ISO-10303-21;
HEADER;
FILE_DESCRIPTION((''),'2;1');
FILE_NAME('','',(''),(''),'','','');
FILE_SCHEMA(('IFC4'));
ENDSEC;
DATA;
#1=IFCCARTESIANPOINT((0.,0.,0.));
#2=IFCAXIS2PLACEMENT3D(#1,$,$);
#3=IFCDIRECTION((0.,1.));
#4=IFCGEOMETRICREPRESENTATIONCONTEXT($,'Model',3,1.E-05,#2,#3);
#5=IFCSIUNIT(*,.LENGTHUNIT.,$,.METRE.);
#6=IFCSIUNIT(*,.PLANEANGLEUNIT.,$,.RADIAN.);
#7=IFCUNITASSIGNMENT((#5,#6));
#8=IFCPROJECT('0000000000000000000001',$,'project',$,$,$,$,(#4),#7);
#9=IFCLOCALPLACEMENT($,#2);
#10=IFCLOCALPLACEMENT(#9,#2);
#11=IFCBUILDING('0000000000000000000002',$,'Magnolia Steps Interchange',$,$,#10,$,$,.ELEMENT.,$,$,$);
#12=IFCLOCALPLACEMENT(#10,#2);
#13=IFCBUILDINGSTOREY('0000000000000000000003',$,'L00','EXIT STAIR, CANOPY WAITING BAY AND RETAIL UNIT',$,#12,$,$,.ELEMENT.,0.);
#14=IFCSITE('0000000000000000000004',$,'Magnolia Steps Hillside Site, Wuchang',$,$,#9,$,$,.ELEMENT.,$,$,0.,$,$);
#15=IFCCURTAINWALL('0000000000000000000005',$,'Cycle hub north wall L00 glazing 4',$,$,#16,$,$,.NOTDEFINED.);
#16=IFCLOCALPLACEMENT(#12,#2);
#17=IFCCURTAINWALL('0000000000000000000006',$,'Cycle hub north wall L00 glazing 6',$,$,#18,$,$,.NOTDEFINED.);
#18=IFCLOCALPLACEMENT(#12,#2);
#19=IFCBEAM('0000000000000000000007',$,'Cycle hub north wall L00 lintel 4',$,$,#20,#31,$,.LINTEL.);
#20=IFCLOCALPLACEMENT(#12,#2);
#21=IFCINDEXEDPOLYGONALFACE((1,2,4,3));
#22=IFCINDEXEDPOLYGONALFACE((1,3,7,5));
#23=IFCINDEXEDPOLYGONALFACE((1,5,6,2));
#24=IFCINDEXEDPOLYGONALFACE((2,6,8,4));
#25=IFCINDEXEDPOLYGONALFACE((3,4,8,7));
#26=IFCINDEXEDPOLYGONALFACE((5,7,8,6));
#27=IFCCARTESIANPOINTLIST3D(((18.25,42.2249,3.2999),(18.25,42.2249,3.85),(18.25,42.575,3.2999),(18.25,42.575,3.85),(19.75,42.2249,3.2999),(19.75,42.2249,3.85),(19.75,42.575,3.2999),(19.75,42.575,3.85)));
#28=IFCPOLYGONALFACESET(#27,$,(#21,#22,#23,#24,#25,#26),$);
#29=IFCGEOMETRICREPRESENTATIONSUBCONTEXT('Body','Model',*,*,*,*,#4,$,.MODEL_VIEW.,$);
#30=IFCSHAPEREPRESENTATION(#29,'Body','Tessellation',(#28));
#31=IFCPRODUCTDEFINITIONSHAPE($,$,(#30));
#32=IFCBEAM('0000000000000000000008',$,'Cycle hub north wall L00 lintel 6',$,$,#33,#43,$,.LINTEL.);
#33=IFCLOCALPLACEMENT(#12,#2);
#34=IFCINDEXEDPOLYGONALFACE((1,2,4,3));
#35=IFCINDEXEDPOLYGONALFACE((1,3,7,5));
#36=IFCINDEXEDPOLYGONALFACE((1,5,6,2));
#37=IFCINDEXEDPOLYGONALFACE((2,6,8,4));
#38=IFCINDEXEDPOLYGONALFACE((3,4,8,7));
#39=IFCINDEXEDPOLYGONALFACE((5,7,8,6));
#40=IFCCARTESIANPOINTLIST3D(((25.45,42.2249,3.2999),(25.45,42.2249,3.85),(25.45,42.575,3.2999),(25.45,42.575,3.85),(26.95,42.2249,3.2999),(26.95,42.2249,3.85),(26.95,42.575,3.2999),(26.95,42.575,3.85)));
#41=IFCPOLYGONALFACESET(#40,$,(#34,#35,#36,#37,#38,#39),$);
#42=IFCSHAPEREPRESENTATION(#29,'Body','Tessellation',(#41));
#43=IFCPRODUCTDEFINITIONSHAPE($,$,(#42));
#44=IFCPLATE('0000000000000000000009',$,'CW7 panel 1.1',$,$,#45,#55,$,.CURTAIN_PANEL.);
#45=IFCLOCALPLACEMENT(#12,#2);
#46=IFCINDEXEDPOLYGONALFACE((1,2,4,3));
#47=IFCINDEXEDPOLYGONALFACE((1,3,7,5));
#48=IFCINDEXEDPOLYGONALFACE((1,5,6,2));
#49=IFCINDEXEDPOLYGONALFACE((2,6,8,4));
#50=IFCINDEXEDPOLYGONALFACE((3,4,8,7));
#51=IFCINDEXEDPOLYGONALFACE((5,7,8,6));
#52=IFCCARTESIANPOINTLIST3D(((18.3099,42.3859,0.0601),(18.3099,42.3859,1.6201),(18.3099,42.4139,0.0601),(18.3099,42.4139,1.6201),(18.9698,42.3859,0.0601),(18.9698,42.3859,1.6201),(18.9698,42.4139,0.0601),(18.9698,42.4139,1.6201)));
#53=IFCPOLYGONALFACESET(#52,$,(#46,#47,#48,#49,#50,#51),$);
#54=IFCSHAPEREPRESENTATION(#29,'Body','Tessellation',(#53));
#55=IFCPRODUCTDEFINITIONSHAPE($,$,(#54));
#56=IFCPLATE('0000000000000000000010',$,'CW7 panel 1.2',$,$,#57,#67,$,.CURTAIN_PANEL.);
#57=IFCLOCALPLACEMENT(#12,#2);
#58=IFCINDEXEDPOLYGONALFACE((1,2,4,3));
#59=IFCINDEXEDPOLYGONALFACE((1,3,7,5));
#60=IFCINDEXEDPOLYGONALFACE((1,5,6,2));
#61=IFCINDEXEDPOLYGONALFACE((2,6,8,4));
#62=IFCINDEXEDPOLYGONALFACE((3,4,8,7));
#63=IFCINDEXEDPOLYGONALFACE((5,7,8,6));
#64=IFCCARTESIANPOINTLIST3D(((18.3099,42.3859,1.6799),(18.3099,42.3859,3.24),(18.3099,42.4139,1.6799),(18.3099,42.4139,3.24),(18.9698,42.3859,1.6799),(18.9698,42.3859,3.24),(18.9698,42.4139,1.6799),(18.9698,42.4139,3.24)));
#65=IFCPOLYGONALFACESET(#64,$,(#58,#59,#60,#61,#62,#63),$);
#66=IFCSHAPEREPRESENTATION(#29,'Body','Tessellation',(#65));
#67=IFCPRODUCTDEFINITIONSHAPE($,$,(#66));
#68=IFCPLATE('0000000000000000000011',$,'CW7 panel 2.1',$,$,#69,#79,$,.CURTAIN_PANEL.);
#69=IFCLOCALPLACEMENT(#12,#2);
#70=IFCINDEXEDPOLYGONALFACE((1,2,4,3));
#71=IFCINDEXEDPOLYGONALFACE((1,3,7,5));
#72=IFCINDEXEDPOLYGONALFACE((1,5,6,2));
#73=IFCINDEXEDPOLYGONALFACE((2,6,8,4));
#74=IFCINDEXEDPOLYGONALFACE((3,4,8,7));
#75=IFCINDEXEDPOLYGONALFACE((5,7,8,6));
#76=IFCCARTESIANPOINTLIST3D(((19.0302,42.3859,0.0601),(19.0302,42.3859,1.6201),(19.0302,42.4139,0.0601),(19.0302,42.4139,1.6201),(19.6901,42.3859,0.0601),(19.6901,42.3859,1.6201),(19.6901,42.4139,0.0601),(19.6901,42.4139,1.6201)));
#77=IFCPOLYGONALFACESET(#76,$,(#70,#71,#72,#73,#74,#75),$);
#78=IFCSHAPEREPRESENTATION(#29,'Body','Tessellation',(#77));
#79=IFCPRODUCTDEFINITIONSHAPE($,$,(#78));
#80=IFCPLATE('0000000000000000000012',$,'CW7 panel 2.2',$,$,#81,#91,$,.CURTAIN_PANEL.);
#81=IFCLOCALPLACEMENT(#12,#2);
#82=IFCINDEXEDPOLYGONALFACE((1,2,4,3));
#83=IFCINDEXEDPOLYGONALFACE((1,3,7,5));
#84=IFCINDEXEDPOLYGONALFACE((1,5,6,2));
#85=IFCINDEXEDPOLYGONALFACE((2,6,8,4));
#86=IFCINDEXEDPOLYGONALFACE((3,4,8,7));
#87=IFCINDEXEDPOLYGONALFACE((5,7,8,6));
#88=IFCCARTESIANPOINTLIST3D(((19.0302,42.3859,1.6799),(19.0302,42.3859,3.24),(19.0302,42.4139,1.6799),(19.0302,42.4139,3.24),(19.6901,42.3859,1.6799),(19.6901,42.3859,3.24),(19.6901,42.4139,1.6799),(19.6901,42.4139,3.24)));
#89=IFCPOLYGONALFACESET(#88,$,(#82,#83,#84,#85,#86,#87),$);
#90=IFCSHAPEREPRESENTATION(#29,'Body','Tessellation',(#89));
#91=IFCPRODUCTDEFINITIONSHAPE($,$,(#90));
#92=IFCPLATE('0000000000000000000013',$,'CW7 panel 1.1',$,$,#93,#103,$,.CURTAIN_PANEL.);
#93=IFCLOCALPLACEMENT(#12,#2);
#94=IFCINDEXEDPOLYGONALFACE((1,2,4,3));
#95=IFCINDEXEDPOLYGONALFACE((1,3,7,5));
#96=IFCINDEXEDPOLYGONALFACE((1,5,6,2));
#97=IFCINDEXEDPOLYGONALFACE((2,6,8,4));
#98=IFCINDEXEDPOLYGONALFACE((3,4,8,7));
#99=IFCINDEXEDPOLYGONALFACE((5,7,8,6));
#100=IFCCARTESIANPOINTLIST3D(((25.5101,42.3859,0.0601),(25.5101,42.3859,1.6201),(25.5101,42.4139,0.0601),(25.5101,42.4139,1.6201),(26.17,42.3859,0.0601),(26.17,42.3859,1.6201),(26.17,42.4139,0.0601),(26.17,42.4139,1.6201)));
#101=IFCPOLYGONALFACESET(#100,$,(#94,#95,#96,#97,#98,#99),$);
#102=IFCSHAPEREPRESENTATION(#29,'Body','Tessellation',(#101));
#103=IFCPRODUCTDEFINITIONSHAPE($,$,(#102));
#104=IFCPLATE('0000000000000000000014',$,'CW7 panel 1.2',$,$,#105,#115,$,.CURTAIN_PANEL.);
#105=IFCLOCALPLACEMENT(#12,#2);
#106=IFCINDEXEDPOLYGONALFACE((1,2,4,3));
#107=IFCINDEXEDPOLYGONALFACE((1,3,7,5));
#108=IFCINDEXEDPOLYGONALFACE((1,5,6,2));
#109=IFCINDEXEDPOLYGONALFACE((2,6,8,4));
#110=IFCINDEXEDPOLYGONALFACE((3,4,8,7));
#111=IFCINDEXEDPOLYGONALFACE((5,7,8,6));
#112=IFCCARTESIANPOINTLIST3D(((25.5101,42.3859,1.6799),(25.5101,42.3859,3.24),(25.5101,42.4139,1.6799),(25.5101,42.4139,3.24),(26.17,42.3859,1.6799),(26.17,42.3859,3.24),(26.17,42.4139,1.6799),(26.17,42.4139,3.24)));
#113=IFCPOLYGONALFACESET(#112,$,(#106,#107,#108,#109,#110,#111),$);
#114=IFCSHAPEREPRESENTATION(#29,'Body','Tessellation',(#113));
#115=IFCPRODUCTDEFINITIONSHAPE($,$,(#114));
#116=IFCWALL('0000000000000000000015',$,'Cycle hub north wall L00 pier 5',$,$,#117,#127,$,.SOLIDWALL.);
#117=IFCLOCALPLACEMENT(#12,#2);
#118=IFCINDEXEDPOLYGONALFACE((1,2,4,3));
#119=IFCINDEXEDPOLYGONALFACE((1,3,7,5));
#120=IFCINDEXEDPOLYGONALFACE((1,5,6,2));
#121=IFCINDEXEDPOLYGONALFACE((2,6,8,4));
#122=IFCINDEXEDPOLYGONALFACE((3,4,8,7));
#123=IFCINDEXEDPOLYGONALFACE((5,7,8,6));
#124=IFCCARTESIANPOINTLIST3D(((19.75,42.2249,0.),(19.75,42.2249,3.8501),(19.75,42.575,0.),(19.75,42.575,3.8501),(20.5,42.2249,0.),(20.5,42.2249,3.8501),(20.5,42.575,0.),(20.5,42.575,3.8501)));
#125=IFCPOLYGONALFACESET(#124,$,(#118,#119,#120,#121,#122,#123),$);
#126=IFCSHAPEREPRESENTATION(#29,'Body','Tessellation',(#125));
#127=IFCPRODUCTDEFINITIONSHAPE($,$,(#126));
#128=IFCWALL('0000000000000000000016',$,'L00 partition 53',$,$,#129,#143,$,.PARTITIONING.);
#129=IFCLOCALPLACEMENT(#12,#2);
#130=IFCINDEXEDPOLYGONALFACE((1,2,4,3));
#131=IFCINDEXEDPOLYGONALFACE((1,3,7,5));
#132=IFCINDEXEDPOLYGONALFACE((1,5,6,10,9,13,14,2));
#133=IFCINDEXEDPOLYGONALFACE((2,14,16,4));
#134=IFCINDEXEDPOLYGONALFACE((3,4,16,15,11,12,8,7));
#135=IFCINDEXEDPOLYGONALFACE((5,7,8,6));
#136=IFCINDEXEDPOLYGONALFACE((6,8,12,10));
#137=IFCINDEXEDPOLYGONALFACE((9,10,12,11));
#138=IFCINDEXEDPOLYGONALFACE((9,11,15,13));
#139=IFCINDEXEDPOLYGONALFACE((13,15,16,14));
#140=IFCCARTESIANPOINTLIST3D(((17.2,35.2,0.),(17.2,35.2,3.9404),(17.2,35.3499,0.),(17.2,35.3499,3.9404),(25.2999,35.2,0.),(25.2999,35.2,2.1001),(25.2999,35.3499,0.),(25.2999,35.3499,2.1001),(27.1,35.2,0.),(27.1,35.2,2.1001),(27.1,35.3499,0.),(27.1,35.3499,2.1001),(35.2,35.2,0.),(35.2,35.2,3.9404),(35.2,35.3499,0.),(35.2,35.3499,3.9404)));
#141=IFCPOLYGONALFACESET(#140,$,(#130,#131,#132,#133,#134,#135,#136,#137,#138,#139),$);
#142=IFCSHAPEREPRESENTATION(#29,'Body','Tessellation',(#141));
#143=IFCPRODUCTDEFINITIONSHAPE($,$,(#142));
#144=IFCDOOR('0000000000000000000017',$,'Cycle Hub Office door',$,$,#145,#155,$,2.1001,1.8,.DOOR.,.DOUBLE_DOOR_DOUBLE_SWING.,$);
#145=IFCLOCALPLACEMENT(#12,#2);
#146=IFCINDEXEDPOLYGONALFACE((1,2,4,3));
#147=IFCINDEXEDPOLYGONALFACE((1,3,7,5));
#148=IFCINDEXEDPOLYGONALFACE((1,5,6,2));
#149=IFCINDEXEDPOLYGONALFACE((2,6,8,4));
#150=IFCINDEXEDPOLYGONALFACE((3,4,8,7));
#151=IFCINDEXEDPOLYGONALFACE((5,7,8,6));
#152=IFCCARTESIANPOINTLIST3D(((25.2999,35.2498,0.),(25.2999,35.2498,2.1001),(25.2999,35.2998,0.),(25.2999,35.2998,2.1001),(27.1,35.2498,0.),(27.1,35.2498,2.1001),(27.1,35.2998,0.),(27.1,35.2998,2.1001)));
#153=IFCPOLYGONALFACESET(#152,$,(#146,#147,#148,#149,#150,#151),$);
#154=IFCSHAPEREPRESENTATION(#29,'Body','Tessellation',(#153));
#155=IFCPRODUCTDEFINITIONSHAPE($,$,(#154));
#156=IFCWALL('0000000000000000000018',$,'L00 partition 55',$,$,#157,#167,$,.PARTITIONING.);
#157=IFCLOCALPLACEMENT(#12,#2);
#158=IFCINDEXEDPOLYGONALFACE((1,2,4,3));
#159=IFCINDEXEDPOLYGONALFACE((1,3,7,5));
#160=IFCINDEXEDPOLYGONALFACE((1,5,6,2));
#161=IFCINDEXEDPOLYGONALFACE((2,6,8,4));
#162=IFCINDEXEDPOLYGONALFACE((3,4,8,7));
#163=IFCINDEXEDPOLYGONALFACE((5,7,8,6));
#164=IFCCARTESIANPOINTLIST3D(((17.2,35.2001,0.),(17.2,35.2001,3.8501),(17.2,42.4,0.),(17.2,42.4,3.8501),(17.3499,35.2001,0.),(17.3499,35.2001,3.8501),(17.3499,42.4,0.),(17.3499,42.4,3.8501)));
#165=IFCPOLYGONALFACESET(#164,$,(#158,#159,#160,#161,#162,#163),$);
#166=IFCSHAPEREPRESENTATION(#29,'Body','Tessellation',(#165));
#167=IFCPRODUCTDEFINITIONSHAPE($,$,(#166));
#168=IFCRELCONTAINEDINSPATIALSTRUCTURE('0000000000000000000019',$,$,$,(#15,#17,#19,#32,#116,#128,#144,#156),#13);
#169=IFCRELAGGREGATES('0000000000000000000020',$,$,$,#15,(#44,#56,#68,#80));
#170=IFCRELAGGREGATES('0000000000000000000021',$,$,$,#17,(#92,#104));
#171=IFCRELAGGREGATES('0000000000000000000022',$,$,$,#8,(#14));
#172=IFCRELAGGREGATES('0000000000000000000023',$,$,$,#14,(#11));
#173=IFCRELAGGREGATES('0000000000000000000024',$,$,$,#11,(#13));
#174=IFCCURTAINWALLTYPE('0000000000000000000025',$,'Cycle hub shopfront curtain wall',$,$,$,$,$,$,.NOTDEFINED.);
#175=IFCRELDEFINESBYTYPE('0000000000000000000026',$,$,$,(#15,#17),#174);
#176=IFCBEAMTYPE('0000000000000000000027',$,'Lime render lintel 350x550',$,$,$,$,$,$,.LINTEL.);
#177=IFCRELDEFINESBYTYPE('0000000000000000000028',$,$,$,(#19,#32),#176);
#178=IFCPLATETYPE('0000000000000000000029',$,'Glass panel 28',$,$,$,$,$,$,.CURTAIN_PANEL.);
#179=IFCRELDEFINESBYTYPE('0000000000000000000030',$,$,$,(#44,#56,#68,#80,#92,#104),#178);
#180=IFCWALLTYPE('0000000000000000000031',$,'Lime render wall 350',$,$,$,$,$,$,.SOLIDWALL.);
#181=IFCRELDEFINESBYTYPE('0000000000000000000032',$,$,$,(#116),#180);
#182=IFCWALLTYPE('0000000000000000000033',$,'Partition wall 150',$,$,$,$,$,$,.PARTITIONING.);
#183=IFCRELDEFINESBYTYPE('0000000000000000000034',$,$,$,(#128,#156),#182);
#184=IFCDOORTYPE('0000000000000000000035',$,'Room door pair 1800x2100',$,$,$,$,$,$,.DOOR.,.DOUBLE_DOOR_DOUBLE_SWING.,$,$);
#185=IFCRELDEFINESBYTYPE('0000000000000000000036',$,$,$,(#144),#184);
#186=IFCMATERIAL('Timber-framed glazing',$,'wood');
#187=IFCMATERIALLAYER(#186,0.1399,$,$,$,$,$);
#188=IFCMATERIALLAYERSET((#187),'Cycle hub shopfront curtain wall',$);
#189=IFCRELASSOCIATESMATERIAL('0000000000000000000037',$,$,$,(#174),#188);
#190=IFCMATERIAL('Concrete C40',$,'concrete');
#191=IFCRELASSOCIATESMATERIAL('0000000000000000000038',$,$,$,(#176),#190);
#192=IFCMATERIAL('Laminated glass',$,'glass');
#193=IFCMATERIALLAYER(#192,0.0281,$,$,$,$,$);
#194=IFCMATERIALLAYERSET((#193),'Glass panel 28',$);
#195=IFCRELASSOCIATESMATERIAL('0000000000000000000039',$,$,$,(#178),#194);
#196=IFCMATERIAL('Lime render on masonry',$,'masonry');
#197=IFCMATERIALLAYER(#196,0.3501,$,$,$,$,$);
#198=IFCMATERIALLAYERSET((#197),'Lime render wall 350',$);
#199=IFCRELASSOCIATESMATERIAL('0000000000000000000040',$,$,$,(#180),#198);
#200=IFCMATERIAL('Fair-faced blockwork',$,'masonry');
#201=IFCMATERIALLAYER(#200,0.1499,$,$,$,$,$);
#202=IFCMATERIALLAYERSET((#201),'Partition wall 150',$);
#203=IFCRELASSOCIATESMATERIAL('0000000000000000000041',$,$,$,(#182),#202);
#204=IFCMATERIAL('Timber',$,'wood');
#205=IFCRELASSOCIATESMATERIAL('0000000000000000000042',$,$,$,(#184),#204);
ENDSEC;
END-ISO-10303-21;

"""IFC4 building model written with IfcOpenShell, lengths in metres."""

from ifc_helpers import new_model, si_unit, direction, frame, frame_2d, origin, origin_2d, place, context, subcontext, project, spatial, rectangle, extrude, material, layer, layer_set, material_profile, profile_set, type_object, element, fill, aggregate, save


model = new_model("IFC4")

# Units and contexts
model_context = context("Model", 3, precision=1e-05, world=origin(), true_north=direction((0.0, 1.0)))
body_context = subcontext(model_context, "Body", "Model", "MODEL_VIEW")
ifc_project = project(units=[si_unit("LENGTHUNIT", "METRE"), si_unit("PLANEANGLEUNIT", "RADIAN")], contexts=[model_context])

# Site, building, storey
site_placement = place(None, origin())
site = spatial("IfcSite", under=ifc_project, at=site_placement, Name="Magnolia Steps Hillside Site, Wuchang", CompositionType="ELEMENT", RefElevation=0.0)
building_placement = place(site_placement, origin())
building = spatial("IfcBuilding", under=site, at=building_placement, Name="Magnolia Steps Interchange", CompositionType="ELEMENT")
storey_placement = place(building_placement, origin())
storey = spatial("IfcBuildingStorey", under=building, at=storey_placement, Name="L00", Description="EXIT STAIR, CANOPY WAITING BAY AND RETAIL UNIT", CompositionType="ELEMENT", Elevation=0.0)

# Curtain wall
ifc_material_1 = material(Name="Timber-framed glazing", Category="wood")
ifc_layer_1 = layer(ifc_material_1, 0.1399)
ifc_layer_set_1 = layer_set([ifc_layer_1], Name="Cycle hub shopfront curtain wall")
curtain_wall_type = type_object("IfcCurtainWallType", Name="Cycle hub shopfront curtain wall", PredefinedType="NOTDEFINED", material=ifc_layer_set_1)
curtain_wall_1_placement = place(storey_placement, origin())
curtain_wall_1 = element("IfcCurtainWall", 1, at=curtain_wall_1_placement, inside=storey, type_object=curtain_wall_type, Name="Cycle hub north wall L00 glazing 4", PredefinedType="NOTDEFINED")

# Curtain wall
curtain_wall_2_placement = place(storey_placement, origin())
curtain_wall_2 = element("IfcCurtainWall", 2, at=curtain_wall_2_placement, inside=storey, type_object=curtain_wall_type, Name="Cycle hub north wall L00 glazing 6", PredefinedType="NOTDEFINED")

# Beams
ifc_material_2 = material(Name="Concrete C40", Category="concrete")
ifc_material_profile_1 = material_profile(ifc_material_2, rectangle(XDim=0.3501, YDim=0.55, at=origin_2d()), Name="RC350x550")
ifc_profile_set_1 = profile_set([ifc_material_profile_1], Name="Concrete C40")
beam_type = type_object("IfcBeamType", Name="Lime render lintel 350x550", PredefinedType="LINTEL", material=ifc_profile_set_1)
for number, where, z_axis, x_axis, name in (
    (3, (18.25, 42.3999, 3.575), (1.0, 0.0, 0.0), (0.0, 1.0, 0.0), "Cycle hub north wall L00 lintel 4"),
    (4, (25.45, 42.3999, 3.575), (1.0, 0.0, 0.0), (0.0, 1.0, 0.0), "Cycle hub north wall L00 lintel 6"),
):
    element("IfcBeam", number, at=place(storey_placement, frame(where, z_axis=z_axis, x_axis=x_axis)), inside=storey, type_object=beam_type, Name=name, PredefinedType="LINTEL", context=body_context, shape_type="SweptSolid", body=[
        extrude(rectangle(XDim=0.3501, YDim=0.55, at=origin_2d()), origin(), (0.0, 0.0, 1.0), 1.5),
    ])

# Plates
ifc_material_3 = material(Name="Laminated glass", Category="glass")
ifc_layer_2 = layer(ifc_material_3, 0.0281)
ifc_layer_set_2 = layer_set([ifc_layer_2], Name="Glass panel 28")
plate_type = type_object("IfcPlateType", Name="Glass panel 28", PredefinedType="CURTAIN_PANEL", material=ifc_layer_set_2)
plate_1_placement = place(storey_placement, frame((18.6399, 42.3999, 0.0601), z_axis=(0.0, 0.0, 1.0), x_axis=(1.0, 0.0, 0.0)))
plate_1 = element("IfcPlate", 5, at=plate_1_placement, type_object=plate_type, Name="CW7 panel 1.1", PredefinedType="CURTAIN_PANEL", context=body_context, shape_type="SweptSolid", body=[
    extrude(rectangle(XDim=0.6599, YDim=0.0281, at=origin_2d()), origin(), (0.0, 0.0, 1.0), 1.5601),
])
plate_2_placement = place(storey_placement, frame((18.6399, 42.3999, 1.6799), z_axis=(0.0, 0.0, 1.0), x_axis=(1.0, 0.0, 0.0)))
plate_2 = element("IfcPlate", 6, at=plate_2_placement, type_object=plate_type, Name="CW7 panel 1.2", PredefinedType="CURTAIN_PANEL", context=body_context, shape_type="SweptSolid", body=[
    extrude(rectangle(XDim=0.6599, YDim=0.0281, at=origin_2d()), origin(), (0.0, 0.0, 1.0), 1.5601),
])
plate_3_placement = place(storey_placement, frame((19.3601, 42.3999, 0.0601), z_axis=(0.0, 0.0, 1.0), x_axis=(1.0, 0.0, 0.0)))
plate_3 = element("IfcPlate", 7, at=plate_3_placement, type_object=plate_type, Name="CW7 panel 2.1", PredefinedType="CURTAIN_PANEL", context=body_context, shape_type="SweptSolid", body=[
    extrude(rectangle(XDim=0.6599, YDim=0.0281, at=origin_2d()), origin(), (0.0, 0.0, 1.0), 1.5601),
])
plate_4_placement = place(storey_placement, frame((19.3601, 42.3999, 1.6799), z_axis=(0.0, 0.0, 1.0), x_axis=(1.0, 0.0, 0.0)))
plate_4 = element("IfcPlate", 8, at=plate_4_placement, type_object=plate_type, Name="CW7 panel 2.2", PredefinedType="CURTAIN_PANEL", context=body_context, shape_type="SweptSolid", body=[
    extrude(rectangle(XDim=0.6599, YDim=0.0281, at=origin_2d()), origin(), (0.0, 0.0, 1.0), 1.5601),
])
aggregate(curtain_wall_1, [plate_1, plate_2, plate_3, plate_4])
plate_5_placement = place(storey_placement, frame((25.8401, 42.3999, 0.0601), z_axis=(0.0, 0.0, 1.0), x_axis=(1.0, 0.0, 0.0)))
plate_5 = element("IfcPlate", 9, at=plate_5_placement, type_object=plate_type, Name="CW7 panel 1.1", PredefinedType="CURTAIN_PANEL", context=body_context, shape_type="SweptSolid", body=[
    extrude(rectangle(XDim=0.6599, YDim=0.0281, at=origin_2d()), origin(), (0.0, 0.0, 1.0), 1.5601),
])
plate_6_placement = place(storey_placement, frame((25.8401, 42.3999, 1.6799), z_axis=(0.0, 0.0, 1.0), x_axis=(1.0, 0.0, 0.0)))
plate_6 = element("IfcPlate", 10, at=plate_6_placement, type_object=plate_type, Name="CW7 panel 1.2", PredefinedType="CURTAIN_PANEL", context=body_context, shape_type="SweptSolid", body=[
    extrude(rectangle(XDim=0.6599, YDim=0.0281, at=origin_2d()), origin(), (0.0, 0.0, 1.0), 1.5601),
])
aggregate(curtain_wall_2, [plate_5, plate_6])

# Wall
ifc_material_4 = material(Name="Lime render on masonry", Category="masonry")
ifc_layer_3 = layer(ifc_material_4, 0.3501)
ifc_layer_set_3 = layer_set([ifc_layer_3], Name="Lime render wall 350")
wall_type_1 = type_object("IfcWallType", Name="Lime render wall 350", PredefinedType="SOLIDWALL", material=ifc_layer_set_3)
wall_1_placement = place(storey_placement, frame((19.75, 42.3999, 0.0), z_axis=(0.0, 0.0, 1.0), x_axis=(1.0, 0.0, 0.0)))
element("IfcWall", 11, at=wall_1_placement, inside=storey, type_object=wall_type_1, Name="Cycle hub north wall L00 pier 5", PredefinedType="SOLIDWALL", context=body_context, shape_type="SweptSolid", body=[
    extrude(rectangle(XDim=0.75, YDim=0.3501, at=frame_2d((0.375, 0.0))), origin(), (0.0, 0.0, 1.0), 3.8501),
])

# Wall, opening, door
ifc_material_5 = material(Name="Fair-faced blockwork", Category="masonry")
ifc_layer_4 = layer(ifc_material_5, 0.1499)
ifc_layer_set_4 = layer_set([ifc_layer_4], Name="Partition wall 150")
wall_type_2 = type_object("IfcWallType", Name="Partition wall 150", PredefinedType="PARTITIONING", material=ifc_layer_set_4)
wall_2_placement = place(storey_placement, frame((17.2, 35.2749, 0.0), z_axis=(0.0, 0.0, 1.0), x_axis=(1.0, 0.0, 0.0)))
wall_2 = element("IfcWall", 12, at=wall_2_placement, inside=storey, type_object=wall_type_2, Name="L00 partition 53", PredefinedType="PARTITIONING", context=body_context, shape_type="SweptSolid", body=[
    extrude(rectangle(XDim=18.0, YDim=0.1499, at=frame_2d((9.0, 0.0))), origin(), (0.0, 0.0, 1.0), 3.9404),
])
opening_1_placement = place(wall_2_placement, frame((8.1001, 0.0, 0.0)))
opening_1 = element("IfcOpeningElement", 13, at=opening_1_placement, cuts=wall_2, PredefinedType="OPENING", context=body_context, shape_type="SweptSolid", body=[
    extrude(rectangle(XDim=1.8, YDim=2.1001, at=frame_2d((0.8999, 1.05))), frame((0.0, 0.085, 0.0), z_axis=(0.0, -1.0, 0.0), x_axis=(1.0, 0.0, 0.0)), (0.0, 0.0, 1.0), 0.1699),
])
ifc_material_6 = material(Name="Timber", Category="wood")
door_type_1 = type_object("IfcDoorType", Name="Room door pair 1800x2100", OperationType="DOUBLE_DOOR_DOUBLE_SWING", PredefinedType="DOOR", material=ifc_material_6)
door_1_placement = place(opening_1_placement, origin())
door_1 = element("IfcDoor", 14, at=door_1_placement, inside=storey, type_object=door_type_1, Name="Cycle Hub Office door", OperationType="DOUBLE_DOOR_DOUBLE_SWING", OverallHeight=2.1001, OverallWidth=1.8, PredefinedType="DOOR", context=body_context, shape_type="SweptSolid", body=[
    extrude(rectangle(XDim=1.8, YDim=2.1001, at=frame_2d((0.8999, 1.05))), frame((0.0, 0.0249, 0.0), z_axis=(0.0, -1.0, 0.0), x_axis=(1.0, 0.0, 0.0)), (0.0, 0.0, 1.0), 0.05),
])
fill(opening_1, door_1)

# Wall
wall_3_placement = place(storey_placement, frame((17.2749, 35.2, 0.0), z_axis=(0.0, 0.0, 1.0), x_axis=(0.0, 1.0, 0.0)))
element("IfcWall", 15, at=wall_3_placement, inside=storey, type_object=wall_type_2, Name="L00 partition 55", PredefinedType="PARTITIONING", context=body_context, shape_type="SweptSolid", body=[
    extrude(rectangle(XDim=7.2, YDim=0.1499, at=frame_2d((3.6001, 0.0))), origin(), (0.0, 0.0, 1.0), 3.8501),
])

save(model, "model.ifc")
